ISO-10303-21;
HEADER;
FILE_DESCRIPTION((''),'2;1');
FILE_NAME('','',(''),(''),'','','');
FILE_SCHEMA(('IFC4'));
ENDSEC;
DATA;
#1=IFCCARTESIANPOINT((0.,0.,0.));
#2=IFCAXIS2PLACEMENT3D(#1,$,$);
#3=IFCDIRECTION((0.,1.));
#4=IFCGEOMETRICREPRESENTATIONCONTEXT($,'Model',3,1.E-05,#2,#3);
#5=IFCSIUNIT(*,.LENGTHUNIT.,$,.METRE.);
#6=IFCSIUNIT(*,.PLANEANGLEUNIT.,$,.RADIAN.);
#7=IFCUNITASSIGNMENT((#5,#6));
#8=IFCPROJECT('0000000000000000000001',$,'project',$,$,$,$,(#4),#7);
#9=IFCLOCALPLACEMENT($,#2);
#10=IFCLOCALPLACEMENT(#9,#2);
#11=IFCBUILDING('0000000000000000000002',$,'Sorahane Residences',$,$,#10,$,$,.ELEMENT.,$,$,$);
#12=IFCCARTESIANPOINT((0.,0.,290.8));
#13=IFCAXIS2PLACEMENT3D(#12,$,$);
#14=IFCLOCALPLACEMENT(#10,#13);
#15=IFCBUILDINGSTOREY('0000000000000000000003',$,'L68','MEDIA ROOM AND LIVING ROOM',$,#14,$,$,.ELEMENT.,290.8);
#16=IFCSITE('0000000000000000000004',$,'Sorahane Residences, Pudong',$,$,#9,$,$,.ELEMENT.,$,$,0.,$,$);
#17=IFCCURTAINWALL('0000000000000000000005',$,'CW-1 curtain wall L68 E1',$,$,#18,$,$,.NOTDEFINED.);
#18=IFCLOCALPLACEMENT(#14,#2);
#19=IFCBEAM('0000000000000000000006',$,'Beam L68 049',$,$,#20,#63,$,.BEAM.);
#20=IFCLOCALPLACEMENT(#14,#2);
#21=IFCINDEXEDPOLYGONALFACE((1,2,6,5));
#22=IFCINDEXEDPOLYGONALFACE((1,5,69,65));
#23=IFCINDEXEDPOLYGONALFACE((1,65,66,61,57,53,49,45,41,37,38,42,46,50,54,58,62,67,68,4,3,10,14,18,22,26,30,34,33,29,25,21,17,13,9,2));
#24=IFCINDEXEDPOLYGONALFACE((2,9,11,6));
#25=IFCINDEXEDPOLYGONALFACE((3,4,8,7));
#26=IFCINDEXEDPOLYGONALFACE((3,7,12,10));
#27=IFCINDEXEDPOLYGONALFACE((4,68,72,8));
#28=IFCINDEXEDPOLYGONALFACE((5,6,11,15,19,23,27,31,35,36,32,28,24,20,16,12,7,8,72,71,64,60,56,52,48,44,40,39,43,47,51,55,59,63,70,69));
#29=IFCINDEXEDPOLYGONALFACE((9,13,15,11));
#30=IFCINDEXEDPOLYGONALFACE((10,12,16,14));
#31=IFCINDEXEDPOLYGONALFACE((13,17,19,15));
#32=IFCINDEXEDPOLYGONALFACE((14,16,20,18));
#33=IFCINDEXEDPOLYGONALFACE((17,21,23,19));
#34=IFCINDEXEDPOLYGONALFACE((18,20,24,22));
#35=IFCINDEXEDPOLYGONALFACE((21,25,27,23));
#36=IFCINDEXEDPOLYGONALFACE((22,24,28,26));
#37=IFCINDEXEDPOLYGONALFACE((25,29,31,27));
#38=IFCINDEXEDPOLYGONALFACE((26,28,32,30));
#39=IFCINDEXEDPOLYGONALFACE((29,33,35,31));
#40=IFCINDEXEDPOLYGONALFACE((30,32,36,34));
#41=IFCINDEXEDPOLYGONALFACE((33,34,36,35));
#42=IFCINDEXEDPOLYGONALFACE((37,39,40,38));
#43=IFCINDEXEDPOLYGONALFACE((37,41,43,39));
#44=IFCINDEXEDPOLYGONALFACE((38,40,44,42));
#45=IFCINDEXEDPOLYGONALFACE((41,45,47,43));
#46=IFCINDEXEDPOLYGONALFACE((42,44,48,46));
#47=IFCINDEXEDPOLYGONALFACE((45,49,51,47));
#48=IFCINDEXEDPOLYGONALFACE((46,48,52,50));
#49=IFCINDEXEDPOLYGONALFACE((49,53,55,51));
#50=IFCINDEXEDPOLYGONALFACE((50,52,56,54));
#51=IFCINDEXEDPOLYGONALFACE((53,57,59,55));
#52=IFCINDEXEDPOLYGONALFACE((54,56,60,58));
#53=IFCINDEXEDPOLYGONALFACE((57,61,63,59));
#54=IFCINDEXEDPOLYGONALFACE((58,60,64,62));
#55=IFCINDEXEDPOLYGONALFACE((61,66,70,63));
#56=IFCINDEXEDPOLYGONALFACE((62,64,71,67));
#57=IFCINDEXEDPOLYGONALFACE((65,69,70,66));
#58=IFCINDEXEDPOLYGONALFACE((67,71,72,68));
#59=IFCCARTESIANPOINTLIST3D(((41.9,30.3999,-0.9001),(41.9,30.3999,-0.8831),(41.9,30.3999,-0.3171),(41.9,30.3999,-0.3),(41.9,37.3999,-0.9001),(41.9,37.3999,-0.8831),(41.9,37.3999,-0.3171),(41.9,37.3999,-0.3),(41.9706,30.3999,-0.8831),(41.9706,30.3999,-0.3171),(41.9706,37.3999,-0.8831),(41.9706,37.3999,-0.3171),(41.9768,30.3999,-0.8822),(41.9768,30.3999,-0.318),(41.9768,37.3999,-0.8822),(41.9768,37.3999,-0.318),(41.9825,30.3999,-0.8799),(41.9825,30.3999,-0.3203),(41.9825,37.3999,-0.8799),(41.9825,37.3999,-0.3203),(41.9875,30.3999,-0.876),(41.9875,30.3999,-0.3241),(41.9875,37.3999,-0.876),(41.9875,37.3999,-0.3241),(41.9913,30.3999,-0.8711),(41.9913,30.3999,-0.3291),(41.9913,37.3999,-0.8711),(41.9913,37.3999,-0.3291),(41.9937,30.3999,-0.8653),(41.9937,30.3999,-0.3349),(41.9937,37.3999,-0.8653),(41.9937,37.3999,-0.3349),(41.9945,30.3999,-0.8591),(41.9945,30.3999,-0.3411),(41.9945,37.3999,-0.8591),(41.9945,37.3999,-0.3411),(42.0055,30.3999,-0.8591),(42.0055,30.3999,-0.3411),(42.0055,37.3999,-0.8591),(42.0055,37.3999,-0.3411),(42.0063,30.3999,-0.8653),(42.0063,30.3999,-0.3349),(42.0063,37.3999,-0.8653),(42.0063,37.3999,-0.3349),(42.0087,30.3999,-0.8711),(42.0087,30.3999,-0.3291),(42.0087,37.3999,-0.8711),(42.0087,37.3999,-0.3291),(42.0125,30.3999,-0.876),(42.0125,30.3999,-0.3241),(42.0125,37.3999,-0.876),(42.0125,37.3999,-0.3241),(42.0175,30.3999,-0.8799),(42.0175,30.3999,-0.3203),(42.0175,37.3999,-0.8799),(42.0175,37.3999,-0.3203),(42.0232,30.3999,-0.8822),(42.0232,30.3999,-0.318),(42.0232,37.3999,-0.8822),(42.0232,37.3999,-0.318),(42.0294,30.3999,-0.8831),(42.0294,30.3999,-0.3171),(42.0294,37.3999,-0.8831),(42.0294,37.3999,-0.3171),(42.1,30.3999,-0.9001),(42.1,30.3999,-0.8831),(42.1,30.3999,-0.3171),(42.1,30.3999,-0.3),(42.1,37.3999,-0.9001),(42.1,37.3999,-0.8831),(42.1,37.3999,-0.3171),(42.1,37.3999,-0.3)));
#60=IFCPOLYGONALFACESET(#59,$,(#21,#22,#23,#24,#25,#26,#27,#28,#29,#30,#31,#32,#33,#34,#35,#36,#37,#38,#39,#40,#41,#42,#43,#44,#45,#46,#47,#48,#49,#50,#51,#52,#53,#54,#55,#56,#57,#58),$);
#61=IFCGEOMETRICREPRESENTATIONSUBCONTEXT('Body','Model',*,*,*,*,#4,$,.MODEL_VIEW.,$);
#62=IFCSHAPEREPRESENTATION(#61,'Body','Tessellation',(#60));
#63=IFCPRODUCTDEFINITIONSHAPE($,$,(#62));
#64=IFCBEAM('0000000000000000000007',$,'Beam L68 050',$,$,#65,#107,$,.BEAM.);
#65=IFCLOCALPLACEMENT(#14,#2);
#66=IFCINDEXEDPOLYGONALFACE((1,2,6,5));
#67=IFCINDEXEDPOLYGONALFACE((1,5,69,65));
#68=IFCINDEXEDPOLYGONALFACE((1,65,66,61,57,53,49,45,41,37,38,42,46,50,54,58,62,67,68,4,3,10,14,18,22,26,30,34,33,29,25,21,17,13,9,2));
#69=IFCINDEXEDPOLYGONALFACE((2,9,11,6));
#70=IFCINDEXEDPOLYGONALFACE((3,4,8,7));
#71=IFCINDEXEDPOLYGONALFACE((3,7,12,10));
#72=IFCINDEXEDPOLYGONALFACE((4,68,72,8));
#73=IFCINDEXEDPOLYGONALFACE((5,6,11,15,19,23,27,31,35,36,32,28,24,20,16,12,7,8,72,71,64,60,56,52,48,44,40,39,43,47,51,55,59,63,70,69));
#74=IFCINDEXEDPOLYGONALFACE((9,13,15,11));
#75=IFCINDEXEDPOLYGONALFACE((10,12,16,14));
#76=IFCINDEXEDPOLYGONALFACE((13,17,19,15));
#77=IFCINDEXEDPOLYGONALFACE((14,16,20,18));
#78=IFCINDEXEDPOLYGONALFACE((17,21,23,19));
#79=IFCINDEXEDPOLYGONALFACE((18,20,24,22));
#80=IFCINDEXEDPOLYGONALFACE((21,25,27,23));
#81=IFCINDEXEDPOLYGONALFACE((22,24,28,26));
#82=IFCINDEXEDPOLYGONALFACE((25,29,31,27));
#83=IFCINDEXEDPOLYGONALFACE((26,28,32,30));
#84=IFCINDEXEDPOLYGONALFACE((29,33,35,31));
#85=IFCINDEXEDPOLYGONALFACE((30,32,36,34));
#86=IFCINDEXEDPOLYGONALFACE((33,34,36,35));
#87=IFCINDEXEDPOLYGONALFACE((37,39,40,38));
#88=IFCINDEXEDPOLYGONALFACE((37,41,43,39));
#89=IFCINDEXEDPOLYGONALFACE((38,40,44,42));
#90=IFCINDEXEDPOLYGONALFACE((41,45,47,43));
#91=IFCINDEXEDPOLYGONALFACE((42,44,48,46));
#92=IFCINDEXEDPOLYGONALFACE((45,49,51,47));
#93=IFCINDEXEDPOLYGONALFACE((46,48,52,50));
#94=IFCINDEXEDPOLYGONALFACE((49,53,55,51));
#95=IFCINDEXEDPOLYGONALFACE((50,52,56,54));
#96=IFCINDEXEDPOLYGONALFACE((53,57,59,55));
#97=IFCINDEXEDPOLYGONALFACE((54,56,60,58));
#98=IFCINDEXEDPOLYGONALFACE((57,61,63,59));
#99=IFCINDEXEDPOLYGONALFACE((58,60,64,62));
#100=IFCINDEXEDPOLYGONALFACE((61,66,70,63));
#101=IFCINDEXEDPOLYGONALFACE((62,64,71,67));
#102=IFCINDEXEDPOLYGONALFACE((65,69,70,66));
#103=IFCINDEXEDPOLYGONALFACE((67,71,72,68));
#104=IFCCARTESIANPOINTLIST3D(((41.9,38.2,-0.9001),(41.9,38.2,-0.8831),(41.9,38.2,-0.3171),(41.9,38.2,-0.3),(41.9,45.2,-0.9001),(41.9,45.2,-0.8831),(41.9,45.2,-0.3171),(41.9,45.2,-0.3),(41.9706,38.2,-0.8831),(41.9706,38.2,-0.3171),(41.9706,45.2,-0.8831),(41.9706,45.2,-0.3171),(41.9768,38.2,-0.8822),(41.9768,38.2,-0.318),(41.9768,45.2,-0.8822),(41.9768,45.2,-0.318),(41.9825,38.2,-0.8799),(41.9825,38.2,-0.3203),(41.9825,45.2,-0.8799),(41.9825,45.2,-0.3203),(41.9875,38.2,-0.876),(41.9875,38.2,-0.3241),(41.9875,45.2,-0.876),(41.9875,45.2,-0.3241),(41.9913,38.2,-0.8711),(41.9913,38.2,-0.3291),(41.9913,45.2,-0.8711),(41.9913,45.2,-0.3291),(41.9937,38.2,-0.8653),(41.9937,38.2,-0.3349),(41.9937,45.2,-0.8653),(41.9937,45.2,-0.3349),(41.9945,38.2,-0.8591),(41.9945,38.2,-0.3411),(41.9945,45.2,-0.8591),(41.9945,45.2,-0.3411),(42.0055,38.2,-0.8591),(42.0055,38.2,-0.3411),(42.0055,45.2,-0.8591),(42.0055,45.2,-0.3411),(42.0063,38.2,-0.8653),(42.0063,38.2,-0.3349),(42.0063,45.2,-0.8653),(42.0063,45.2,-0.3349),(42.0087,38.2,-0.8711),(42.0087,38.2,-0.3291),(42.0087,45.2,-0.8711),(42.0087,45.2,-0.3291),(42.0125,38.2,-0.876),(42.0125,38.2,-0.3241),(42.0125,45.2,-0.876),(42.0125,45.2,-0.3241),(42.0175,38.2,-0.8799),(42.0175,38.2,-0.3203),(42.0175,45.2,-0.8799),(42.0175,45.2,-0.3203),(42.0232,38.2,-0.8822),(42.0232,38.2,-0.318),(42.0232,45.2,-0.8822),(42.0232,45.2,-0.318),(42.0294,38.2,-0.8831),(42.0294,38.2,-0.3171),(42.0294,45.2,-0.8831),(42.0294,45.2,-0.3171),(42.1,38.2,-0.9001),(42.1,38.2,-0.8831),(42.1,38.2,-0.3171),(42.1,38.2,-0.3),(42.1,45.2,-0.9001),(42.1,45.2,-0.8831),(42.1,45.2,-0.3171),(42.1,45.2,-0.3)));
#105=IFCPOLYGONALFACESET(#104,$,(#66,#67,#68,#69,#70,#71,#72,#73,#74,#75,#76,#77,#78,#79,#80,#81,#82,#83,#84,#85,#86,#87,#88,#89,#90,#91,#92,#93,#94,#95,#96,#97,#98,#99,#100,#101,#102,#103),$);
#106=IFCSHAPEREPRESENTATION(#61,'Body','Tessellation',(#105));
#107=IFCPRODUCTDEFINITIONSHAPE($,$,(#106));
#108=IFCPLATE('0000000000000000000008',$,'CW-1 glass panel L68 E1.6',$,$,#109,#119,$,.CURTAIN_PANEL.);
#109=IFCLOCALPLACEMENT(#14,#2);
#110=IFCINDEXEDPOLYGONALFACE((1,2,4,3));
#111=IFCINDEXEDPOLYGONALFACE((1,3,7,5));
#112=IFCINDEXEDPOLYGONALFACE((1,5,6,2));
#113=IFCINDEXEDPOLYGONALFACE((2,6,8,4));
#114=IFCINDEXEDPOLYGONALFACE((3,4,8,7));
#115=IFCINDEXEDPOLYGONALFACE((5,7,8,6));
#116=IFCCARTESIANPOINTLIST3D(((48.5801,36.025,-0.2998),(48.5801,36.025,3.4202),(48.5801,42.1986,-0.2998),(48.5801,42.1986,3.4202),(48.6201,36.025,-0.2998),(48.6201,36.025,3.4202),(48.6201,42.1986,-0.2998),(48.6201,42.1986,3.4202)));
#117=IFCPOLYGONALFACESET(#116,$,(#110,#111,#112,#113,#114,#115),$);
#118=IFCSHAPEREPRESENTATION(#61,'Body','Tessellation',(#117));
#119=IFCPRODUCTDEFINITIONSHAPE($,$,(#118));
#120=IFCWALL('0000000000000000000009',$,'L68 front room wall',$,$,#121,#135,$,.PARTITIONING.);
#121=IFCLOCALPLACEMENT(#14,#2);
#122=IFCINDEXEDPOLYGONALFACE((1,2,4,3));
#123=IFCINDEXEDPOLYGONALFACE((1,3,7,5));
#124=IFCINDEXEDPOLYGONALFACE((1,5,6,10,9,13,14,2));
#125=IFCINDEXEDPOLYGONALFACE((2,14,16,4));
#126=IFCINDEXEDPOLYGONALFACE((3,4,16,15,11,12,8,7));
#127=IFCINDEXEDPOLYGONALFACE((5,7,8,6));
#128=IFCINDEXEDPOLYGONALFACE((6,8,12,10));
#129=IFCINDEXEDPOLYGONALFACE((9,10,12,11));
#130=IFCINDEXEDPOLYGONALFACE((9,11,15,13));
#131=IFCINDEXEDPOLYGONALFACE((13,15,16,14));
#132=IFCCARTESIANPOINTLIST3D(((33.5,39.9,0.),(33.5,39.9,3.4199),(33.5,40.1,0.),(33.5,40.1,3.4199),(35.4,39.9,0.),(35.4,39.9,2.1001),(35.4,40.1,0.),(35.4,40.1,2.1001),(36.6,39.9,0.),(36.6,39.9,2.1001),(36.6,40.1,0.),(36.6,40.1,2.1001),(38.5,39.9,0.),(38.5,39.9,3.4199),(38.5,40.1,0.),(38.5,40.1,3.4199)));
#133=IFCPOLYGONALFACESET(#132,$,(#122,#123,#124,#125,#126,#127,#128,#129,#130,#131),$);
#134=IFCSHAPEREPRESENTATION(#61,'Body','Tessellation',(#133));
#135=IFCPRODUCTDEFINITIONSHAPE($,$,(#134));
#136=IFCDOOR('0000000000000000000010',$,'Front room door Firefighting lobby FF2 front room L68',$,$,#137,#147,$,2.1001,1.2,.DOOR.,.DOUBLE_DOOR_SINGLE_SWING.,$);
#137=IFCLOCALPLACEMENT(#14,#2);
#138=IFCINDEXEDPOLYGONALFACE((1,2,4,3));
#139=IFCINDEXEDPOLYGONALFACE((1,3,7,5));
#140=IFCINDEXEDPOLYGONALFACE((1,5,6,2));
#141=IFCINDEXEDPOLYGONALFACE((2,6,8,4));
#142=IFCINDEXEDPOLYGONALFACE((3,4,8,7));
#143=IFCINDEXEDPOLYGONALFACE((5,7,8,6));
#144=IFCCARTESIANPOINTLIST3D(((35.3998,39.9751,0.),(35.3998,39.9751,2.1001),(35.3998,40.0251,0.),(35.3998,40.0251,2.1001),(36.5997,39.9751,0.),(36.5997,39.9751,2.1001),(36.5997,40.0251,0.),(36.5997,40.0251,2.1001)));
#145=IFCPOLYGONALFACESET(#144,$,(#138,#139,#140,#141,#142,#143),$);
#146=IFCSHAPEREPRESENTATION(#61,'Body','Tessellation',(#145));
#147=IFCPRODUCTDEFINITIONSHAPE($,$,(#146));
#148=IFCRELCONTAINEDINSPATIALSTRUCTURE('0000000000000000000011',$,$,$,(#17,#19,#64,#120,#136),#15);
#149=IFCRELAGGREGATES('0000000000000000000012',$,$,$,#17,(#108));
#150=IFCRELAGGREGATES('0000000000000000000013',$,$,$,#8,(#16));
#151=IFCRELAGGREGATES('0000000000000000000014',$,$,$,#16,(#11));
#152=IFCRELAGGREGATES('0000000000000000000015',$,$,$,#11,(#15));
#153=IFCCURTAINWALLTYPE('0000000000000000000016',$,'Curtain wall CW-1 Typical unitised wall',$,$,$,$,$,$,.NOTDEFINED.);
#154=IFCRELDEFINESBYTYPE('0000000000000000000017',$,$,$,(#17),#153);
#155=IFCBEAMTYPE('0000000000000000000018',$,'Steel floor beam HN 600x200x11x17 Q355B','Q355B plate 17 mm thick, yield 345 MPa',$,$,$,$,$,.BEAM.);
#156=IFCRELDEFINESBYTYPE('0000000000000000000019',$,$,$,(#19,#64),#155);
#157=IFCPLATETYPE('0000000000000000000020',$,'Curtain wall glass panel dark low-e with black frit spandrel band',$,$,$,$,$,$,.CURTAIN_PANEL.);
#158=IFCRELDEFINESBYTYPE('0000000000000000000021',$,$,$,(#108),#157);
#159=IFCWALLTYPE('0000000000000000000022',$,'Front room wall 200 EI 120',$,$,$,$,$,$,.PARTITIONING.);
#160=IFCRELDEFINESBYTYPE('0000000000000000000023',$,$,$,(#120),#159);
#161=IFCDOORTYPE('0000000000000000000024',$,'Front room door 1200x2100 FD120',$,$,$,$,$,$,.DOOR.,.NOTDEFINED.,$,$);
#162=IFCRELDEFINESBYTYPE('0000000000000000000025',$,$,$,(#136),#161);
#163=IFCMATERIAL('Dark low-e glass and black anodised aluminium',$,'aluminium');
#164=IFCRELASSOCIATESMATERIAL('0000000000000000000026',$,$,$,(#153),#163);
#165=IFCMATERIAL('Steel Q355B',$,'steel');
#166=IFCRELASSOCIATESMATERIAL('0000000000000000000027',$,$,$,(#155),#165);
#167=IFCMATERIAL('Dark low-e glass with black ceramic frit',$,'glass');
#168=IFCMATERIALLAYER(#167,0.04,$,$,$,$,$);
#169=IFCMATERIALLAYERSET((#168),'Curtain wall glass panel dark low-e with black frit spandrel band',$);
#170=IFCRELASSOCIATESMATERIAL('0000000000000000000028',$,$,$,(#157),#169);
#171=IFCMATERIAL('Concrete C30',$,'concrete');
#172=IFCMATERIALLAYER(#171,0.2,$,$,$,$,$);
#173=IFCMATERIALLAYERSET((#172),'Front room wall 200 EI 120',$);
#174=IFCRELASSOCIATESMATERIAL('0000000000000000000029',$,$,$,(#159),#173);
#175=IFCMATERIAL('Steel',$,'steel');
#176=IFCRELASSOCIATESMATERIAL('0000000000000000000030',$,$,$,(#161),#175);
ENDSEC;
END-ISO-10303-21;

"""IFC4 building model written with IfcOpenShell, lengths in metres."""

from ifc_helpers import new_model, si_unit, direction, frame, frame_2d, origin, origin_2d, place, context, subcontext, project, spatial, rectangle, i_section, extrude, material, layer, layer_set, material_profile, profile_set, type_object, element, fill, aggregate, save


model = new_model("IFC4")

# Units and contexts
model_context = context("Model", 3, precision=1e-05, world=origin(), true_north=direction((0.0, 1.0)))
body_context = subcontext(model_context, "Body", "Model", "MODEL_VIEW")
ifc_project = project(units=[si_unit("LENGTHUNIT", "METRE"), si_unit("PLANEANGLEUNIT", "RADIAN")], contexts=[model_context])

# Site, building, storey
site_placement = place(None, origin())
site = spatial("IfcSite", under=ifc_project, at=site_placement, Name="Sorahane Residences, Pudong", CompositionType="ELEMENT", RefElevation=0.0)
building_placement = place(site_placement, origin())
building = spatial("IfcBuilding", under=site, at=building_placement, Name="Sorahane Residences", CompositionType="ELEMENT")
storey_placement = place(building_placement, frame((0.0, 0.0, 290.8)))
storey = spatial("IfcBuildingStorey", under=building, at=storey_placement, Name="L68", Description="MEDIA ROOM AND LIVING ROOM", CompositionType="ELEMENT", Elevation=290.8)

# Curtain wall
ifc_material_1 = material(Name="Dark low-e glass and black anodised aluminium", Category="aluminium")
curtain_wall_type_1 = type_object("IfcCurtainWallType", Name="Curtain wall CW-1 Typical unitised wall", PredefinedType="NOTDEFINED", material=ifc_material_1)
curtain_wall_1_placement = place(storey_placement, origin())
curtain_wall_1 = element("IfcCurtainWall", 1, at=curtain_wall_1_placement, inside=storey, type_object=curtain_wall_type_1, Name="CW-1 curtain wall L68 E1", PredefinedType="NOTDEFINED")

# Beams
ifc_material_2 = material(Name="Steel Q355B", Category="steel")
ifc_material_profile_1 = material_profile(ifc_material_2, i_section(OverallWidth=0.2, OverallDepth=0.6001, WebThickness=0.011, FlangeThickness=0.0171, FilletRadius=0.0239, at=origin_2d()), Name="HN 600x200x11x17")
ifc_profile_set_1 = profile_set([ifc_material_profile_1], Name="Steel Q355B")
beam_type_1 = type_object("IfcBeamType", Name="Steel floor beam HN 600x200x11x17 Q355B", Description="Q355B plate 17 mm thick, yield 345 MPa", PredefinedType="BEAM", material=ifc_profile_set_1)
for number, where, z_axis, x_axis, name in (
    (2, (42.0, 30.3999, -0.6001), (0.0, 1.0, 0.0), (-1.0, 0.0, 0.0), "Beam L68 049"),
    (3, (42.0, 38.2, -0.6001), (0.0, 1.0, 0.0), (-1.0, 0.0, 0.0), "Beam L68 050"),
):
    element("IfcBeam", number, at=place(storey_placement, frame(where, z_axis=z_axis, x_axis=x_axis)), inside=storey, type_object=beam_type_1, Name=name, PredefinedType="BEAM", context=body_context, shape_type="SweptSolid", body=[
        extrude(i_section(OverallWidth=0.2, OverallDepth=0.6001, WebThickness=0.011, FlangeThickness=0.0171, FilletRadius=0.0239, at=origin_2d()), origin(), (0.0, 0.0, 1.0), 7.0),
    ])

# Plate
ifc_material_3 = material(Name="Dark low-e glass with black ceramic frit", Category="glass")
ifc_layer_1 = layer(ifc_material_3, 0.04)
ifc_layer_set_1 = layer_set([ifc_layer_1], Name="Curtain wall glass panel dark low-e with black frit spandrel band")
plate_type = type_object("IfcPlateType", Name="Curtain wall glass panel dark low-e with black frit spandrel band", PredefinedType="CURTAIN_PANEL", material=ifc_layer_set_1)
plate_placement = place(storey_placement, frame((48.6001, 39.1118, -0.2998), z_axis=(0.0, 0.0, 1.0), x_axis=(0.0, 1.0, 0.0)))
plate = element("IfcPlate", 4, at=plate_placement, type_object=plate_type, Name="CW-1 glass panel L68 E1.6", PredefinedType="CURTAIN_PANEL", context=body_context, shape_type="SweptSolid", body=[
    extrude(rectangle(XDim=6.1736, YDim=0.04, at=origin_2d()), origin(), (0.0, 0.0, 1.0), 3.72),
])
aggregate(curtain_wall_1, [plate])

# Wall, opening, door
ifc_material_4 = material(Name="Concrete C30", Category="concrete")
ifc_layer_2 = layer(ifc_material_4, 0.2)
ifc_layer_set_2 = layer_set([ifc_layer_2], Name="Front room wall 200 EI 120")
wall_type_1 = type_object("IfcWallType", Name="Front room wall 200 EI 120", PredefinedType="PARTITIONING", material=ifc_layer_set_2)
wall_1_placement = place(storey_placement, frame((33.5, 40.0, 0.0), z_axis=(0.0, 0.0, 1.0), x_axis=(1.0, 0.0, 0.0)))
wall_1 = element("IfcWall", 5, at=wall_1_placement, inside=storey, type_object=wall_type_1, Name="L68 front room wall", PredefinedType="PARTITIONING", context=body_context, shape_type="SweptSolid", body=[
    extrude(rectangle(XDim=5.0, YDim=0.2, at=frame_2d((2.5, 0.0))), origin(), (0.0, 0.0, 1.0), 3.4199),
])
opening_1_placement = place(wall_1_placement, frame((1.8999, 0.0, 0.0)))
opening_1 = element("IfcOpeningElement", 6, at=opening_1_placement, cuts=wall_1, PredefinedType="OPENING", context=body_context, shape_type="SweptSolid", body=[
    extrude(rectangle(XDim=1.2, YDim=2.1001, at=frame_2d((0.6001, 1.05))), frame((0.0, 0.1099, 0.0), z_axis=(0.0, -1.0, 0.0), x_axis=(1.0, 0.0, 0.0)), (0.0, 0.0, 1.0), 0.22),
])
ifc_material_5 = material(Name="Steel", Category="steel")
door_type_1 = type_object("IfcDoorType", Name="Front room door 1200x2100 FD120", OperationType="NOTDEFINED", PredefinedType="DOOR", material=ifc_material_5)
door_1_placement = place(opening_1_placement, frame((1.2, 0.0, 0.0), z_axis=(0.0, 0.0, 1.0), x_axis=(-1.0, 0.0, 0.0)))
door_1 = element("IfcDoor", 7, at=door_1_placement, inside=storey, type_object=door_type_1, Name="Front room door Firefighting lobby FF2 front room L68", OperationType="DOUBLE_DOOR_SINGLE_SWING", OverallHeight=2.1001, OverallWidth=1.2, PredefinedType="DOOR", context=body_context, shape_type="SweptSolid", body=[
    extrude(rectangle(XDim=1.2, YDim=2.1001, at=frame_2d((0.6001, 1.05))), frame((0.0, 0.0249, 0.0), z_axis=(0.0, -1.0, 0.0), x_axis=(1.0, 0.0, 0.0)), (0.0, 0.0, 1.0), 0.05),
])
fill(opening_1, door_1)

save(model, "model.ifc")
